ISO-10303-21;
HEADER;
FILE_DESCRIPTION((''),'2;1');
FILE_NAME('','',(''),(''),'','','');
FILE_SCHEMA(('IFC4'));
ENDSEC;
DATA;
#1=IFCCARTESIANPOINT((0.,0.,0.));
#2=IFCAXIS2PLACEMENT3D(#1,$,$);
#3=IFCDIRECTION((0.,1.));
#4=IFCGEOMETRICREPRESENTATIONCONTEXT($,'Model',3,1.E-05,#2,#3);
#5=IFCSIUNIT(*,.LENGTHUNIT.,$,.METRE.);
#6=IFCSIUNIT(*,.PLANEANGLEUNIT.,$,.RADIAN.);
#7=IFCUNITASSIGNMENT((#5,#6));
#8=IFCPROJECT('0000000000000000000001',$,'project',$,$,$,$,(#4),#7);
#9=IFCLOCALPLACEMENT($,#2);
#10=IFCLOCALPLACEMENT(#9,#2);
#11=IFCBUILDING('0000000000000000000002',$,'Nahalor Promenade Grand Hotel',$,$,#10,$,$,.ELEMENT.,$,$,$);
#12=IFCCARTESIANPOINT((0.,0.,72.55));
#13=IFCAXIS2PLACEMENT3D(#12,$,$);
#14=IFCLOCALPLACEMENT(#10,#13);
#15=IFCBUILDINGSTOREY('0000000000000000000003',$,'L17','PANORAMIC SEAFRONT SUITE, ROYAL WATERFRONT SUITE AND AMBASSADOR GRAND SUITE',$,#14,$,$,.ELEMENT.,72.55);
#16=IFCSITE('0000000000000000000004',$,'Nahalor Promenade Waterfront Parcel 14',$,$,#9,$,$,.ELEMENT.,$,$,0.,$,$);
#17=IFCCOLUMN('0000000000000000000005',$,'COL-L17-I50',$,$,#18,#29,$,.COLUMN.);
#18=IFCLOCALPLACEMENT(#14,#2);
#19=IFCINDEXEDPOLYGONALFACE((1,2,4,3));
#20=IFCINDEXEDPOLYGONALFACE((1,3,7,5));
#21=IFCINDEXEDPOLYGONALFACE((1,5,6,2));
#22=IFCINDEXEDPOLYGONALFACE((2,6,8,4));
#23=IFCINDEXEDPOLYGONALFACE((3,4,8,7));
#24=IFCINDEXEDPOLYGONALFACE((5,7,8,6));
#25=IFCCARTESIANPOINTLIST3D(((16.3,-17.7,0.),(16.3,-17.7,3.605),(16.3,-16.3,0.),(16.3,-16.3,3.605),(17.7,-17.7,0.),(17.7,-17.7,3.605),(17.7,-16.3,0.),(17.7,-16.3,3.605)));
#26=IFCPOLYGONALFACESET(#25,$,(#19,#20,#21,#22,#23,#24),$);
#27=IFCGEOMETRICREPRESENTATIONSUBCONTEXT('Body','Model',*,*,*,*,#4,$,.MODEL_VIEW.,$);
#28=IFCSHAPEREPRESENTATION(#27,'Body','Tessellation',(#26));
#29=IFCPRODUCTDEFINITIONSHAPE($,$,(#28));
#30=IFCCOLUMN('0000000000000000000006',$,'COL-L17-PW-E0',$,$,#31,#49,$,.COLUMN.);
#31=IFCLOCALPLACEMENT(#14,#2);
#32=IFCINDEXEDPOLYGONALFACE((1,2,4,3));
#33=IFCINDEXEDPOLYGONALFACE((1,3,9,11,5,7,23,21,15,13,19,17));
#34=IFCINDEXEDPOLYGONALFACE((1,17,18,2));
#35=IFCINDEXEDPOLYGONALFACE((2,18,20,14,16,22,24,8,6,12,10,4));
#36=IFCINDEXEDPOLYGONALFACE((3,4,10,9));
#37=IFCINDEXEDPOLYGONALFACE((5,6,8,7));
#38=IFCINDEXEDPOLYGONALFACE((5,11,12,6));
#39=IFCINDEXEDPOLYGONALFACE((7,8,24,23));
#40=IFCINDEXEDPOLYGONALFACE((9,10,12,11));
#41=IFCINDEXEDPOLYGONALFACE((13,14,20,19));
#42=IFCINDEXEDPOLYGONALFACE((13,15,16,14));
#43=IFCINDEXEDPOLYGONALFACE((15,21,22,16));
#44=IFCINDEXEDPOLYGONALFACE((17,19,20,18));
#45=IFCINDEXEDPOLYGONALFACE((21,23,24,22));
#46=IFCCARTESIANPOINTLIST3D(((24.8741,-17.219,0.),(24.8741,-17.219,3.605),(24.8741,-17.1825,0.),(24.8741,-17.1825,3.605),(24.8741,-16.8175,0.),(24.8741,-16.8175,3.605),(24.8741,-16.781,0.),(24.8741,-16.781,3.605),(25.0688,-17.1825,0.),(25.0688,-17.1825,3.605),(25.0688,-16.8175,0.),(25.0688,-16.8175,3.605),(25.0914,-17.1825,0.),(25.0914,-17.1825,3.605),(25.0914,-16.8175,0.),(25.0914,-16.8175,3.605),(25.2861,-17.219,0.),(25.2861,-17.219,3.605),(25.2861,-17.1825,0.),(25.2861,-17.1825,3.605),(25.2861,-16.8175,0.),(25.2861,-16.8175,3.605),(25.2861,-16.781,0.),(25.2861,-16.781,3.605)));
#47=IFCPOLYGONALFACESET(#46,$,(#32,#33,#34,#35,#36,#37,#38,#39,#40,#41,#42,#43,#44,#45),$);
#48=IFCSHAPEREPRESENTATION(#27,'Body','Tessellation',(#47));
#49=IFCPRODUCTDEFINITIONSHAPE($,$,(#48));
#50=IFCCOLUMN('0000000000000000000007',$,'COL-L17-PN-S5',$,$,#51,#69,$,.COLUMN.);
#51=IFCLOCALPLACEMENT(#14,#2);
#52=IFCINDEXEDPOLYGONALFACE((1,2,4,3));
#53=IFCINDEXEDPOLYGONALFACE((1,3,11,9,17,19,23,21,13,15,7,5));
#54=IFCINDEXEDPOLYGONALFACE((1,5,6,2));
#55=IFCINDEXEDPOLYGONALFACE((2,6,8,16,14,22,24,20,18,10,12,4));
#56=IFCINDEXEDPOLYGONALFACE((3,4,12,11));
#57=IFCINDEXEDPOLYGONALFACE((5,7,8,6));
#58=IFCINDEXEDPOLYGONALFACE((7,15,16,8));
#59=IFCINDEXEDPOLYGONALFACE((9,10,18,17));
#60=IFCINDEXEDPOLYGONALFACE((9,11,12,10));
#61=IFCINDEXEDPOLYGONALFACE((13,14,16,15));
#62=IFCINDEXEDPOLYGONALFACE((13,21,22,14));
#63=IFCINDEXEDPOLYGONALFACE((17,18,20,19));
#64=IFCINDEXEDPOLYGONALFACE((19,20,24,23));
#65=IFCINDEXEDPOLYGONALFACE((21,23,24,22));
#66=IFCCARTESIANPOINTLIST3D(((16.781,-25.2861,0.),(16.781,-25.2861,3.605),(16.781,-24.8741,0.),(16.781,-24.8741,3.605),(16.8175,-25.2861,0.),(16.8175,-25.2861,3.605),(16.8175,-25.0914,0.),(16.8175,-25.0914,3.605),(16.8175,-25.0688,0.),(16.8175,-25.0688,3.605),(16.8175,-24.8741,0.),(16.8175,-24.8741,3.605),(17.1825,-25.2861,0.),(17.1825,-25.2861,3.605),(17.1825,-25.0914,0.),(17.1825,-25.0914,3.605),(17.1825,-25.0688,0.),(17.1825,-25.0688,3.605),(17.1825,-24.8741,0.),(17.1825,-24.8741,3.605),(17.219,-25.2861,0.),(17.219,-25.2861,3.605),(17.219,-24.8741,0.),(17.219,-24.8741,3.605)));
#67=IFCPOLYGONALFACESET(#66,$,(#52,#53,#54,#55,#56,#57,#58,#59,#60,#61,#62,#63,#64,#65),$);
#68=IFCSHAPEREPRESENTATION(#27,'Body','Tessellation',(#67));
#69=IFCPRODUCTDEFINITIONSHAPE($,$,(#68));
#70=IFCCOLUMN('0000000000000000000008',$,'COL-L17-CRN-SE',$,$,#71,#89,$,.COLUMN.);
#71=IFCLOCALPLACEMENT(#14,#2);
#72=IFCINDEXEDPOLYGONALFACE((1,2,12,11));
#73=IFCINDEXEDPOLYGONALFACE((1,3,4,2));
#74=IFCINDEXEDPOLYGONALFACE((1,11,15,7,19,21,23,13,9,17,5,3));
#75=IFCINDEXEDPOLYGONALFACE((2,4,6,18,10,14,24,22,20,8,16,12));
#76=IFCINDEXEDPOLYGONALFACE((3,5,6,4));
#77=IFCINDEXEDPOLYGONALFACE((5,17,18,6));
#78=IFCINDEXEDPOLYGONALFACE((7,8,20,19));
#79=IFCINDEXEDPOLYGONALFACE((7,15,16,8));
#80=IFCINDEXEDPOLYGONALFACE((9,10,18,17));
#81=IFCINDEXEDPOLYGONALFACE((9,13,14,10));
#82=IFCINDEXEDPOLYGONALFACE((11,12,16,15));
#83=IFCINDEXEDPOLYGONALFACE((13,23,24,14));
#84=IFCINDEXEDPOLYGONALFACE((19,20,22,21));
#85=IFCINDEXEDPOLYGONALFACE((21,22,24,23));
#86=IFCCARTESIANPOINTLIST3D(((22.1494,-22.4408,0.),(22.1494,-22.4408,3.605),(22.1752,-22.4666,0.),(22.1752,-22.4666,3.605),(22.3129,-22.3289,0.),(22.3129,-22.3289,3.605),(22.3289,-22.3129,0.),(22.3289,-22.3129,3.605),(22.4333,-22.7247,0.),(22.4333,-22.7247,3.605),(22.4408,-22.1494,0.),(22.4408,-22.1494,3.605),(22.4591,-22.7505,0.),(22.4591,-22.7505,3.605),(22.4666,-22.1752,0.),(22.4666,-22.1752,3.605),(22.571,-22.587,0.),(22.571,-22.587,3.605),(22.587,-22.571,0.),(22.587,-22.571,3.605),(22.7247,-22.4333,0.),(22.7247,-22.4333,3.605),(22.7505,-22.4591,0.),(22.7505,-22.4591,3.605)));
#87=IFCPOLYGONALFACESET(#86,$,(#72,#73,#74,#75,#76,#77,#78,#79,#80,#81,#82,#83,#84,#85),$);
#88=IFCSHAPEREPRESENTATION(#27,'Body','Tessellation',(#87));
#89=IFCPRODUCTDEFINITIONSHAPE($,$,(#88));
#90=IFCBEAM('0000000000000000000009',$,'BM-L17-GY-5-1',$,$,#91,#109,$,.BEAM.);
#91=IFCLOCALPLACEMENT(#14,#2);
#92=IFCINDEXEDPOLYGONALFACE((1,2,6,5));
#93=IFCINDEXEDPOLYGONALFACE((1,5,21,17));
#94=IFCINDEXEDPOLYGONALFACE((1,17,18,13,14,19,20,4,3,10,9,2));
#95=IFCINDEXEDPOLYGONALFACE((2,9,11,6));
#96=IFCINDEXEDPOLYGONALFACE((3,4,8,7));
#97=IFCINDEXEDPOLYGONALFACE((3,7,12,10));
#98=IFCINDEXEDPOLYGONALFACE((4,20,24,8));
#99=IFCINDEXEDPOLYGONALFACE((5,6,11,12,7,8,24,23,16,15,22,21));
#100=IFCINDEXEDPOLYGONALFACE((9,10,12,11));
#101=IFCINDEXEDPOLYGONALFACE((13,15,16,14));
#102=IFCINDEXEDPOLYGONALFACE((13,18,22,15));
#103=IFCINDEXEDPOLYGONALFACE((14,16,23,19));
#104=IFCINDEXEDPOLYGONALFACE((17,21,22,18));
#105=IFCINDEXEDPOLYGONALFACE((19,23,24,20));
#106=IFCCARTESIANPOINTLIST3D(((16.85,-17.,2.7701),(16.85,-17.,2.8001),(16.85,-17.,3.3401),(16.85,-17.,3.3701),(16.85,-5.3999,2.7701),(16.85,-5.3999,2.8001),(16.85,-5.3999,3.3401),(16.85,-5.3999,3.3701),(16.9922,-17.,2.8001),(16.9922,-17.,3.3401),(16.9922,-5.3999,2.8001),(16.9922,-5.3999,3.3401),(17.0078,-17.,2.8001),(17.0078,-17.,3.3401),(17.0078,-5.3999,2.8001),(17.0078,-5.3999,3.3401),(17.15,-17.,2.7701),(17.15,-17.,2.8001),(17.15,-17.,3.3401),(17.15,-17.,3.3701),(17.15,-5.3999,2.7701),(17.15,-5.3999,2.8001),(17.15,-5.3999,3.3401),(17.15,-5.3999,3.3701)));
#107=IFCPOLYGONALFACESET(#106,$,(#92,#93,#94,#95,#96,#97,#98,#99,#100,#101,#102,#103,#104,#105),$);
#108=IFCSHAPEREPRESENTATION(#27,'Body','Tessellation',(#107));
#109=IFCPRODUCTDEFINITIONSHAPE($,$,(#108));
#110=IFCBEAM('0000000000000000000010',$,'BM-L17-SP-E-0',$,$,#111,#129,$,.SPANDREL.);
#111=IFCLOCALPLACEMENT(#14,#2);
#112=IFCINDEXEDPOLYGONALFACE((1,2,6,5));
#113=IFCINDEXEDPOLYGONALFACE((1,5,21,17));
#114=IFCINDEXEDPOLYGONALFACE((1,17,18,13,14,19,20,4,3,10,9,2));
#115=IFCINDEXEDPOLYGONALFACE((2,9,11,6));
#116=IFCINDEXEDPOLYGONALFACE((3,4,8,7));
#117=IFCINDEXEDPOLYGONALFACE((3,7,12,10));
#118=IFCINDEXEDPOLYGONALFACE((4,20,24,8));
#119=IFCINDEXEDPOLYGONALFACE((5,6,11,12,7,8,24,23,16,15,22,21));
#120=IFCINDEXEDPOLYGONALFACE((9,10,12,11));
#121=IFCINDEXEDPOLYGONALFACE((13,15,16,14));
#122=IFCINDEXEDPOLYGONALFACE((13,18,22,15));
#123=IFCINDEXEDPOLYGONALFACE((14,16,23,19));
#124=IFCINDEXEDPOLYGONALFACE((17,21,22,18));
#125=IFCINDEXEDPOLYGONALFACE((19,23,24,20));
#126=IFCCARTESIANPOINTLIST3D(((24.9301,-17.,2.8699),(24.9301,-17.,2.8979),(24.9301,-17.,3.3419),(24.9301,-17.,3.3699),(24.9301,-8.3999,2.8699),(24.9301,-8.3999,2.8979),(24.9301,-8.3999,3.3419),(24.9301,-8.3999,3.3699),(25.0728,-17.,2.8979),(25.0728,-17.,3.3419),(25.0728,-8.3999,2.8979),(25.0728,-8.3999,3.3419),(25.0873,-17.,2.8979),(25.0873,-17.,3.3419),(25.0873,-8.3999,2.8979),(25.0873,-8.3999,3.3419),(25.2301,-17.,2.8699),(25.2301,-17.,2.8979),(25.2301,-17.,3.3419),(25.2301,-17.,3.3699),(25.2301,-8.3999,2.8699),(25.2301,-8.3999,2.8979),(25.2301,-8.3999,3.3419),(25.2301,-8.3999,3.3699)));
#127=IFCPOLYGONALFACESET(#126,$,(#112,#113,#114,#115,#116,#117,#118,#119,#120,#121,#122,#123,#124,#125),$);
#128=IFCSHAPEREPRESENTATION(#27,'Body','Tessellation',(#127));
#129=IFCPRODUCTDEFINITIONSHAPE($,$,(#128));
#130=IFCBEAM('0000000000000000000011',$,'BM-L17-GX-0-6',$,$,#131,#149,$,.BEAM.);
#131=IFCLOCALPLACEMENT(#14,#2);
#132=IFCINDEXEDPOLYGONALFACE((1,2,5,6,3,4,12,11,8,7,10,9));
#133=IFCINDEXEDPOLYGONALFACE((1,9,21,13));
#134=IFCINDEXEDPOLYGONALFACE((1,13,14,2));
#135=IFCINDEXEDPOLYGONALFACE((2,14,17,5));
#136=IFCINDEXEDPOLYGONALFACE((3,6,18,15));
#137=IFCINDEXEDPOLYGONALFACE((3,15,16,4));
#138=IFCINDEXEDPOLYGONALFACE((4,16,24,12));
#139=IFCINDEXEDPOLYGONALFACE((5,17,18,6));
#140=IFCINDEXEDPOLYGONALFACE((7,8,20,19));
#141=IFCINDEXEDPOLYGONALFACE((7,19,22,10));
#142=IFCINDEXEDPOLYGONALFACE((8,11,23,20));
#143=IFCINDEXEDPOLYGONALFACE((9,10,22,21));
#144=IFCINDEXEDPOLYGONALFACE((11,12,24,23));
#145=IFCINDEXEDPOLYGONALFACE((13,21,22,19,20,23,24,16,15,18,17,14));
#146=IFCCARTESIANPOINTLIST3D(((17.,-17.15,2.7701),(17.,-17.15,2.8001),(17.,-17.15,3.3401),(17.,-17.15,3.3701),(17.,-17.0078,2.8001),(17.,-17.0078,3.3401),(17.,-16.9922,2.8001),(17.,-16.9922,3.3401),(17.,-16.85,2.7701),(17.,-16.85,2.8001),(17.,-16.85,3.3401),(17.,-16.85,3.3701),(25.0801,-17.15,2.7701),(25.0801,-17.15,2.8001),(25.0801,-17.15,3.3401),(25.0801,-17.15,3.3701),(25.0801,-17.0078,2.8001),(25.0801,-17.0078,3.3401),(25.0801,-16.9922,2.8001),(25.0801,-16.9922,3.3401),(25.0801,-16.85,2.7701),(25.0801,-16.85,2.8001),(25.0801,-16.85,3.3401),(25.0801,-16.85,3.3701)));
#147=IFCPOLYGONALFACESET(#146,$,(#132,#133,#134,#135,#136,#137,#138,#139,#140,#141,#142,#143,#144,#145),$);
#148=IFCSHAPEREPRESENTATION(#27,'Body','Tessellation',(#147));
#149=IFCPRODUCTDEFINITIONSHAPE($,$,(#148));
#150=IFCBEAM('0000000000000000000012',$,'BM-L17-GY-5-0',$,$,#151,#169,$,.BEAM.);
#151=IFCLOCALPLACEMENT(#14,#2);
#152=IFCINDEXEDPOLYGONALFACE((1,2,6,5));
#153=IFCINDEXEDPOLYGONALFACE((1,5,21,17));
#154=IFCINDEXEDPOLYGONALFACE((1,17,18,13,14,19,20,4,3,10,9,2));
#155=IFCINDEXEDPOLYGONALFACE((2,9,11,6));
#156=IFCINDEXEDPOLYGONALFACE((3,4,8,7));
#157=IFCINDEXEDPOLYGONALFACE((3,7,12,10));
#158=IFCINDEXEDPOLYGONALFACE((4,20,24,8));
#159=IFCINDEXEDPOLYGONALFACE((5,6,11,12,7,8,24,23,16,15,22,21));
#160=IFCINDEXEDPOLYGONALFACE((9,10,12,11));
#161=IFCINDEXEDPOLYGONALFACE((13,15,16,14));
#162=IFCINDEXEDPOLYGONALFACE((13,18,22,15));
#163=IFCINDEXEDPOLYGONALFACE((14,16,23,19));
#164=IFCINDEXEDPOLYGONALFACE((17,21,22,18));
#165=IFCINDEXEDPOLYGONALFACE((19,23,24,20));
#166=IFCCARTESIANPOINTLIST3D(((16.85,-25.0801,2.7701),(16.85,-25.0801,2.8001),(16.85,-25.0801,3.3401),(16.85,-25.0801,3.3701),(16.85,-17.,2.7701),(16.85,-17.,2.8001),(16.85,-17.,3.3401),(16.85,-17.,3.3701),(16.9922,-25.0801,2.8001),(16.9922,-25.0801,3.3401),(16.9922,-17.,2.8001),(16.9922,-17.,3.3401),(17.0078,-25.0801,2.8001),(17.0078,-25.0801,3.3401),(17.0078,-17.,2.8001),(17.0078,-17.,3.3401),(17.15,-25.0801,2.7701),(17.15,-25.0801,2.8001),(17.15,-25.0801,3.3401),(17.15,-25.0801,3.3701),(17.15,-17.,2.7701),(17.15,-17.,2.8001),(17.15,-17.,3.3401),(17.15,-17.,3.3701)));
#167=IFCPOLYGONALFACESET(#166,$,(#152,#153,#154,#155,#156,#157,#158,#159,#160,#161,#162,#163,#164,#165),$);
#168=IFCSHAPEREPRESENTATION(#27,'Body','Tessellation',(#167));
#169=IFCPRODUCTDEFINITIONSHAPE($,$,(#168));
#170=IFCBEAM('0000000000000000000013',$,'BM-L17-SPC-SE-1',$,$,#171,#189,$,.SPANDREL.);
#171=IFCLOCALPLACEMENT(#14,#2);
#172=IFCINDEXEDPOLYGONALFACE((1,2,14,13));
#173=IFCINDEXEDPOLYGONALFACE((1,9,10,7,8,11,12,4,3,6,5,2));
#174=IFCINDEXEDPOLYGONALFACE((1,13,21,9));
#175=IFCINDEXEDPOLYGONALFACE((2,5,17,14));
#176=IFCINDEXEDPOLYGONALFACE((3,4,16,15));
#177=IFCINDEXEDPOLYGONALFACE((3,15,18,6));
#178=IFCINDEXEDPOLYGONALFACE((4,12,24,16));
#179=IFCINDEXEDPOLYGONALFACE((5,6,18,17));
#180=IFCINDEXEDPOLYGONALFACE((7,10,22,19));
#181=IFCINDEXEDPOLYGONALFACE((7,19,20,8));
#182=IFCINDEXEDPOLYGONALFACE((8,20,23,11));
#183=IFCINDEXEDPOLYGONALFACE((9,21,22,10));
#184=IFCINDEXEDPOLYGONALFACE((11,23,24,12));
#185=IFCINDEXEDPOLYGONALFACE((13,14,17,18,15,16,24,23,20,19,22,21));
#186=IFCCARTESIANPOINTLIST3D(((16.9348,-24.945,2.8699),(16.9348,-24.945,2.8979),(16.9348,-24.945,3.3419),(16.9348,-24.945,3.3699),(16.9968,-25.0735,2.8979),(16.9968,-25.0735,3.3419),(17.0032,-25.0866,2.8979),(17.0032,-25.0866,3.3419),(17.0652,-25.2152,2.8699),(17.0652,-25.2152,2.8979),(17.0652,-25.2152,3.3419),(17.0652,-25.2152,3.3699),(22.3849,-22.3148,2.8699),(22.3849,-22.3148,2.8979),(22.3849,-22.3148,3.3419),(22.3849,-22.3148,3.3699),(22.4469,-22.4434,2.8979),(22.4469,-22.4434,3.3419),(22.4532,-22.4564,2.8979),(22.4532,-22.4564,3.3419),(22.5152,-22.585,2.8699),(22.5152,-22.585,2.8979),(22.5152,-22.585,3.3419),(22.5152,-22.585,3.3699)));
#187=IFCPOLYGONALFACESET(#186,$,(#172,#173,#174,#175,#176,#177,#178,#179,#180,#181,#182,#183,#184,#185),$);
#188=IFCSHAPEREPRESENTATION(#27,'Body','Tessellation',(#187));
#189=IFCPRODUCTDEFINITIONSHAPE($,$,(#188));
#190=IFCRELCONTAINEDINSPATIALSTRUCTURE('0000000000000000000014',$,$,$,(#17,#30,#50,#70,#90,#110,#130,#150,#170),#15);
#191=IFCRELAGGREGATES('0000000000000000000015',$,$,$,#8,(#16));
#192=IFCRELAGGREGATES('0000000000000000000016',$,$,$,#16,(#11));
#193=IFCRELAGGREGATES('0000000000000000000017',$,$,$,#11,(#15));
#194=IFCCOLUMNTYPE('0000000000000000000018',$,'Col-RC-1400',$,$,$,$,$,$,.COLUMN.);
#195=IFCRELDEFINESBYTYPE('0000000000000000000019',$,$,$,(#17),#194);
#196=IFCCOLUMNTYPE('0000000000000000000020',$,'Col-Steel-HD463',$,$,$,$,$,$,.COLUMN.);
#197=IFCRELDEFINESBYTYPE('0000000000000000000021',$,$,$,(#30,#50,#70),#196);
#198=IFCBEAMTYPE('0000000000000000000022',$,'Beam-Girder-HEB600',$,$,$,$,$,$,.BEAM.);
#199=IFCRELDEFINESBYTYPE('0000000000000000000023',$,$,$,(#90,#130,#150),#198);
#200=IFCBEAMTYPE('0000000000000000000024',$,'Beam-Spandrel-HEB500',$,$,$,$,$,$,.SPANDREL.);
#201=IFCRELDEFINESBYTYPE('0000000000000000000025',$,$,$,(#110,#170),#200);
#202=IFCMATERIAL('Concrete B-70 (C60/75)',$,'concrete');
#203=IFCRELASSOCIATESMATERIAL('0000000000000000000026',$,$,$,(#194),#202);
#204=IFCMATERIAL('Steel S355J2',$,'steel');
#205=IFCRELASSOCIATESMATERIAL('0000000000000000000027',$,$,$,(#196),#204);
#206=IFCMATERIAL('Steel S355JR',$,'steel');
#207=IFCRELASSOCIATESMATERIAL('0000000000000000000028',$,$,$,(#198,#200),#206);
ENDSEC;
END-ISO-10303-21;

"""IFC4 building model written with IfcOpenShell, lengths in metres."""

from ifc_helpers import new_model, si_unit, direction, frame, origin, origin_2d, place, context, subcontext, project, spatial, rectangle, i_section, extrude, source, transform, mapped, material, material_profile, profile_set, type_object, element, save


model = new_model("IFC4")

# Units and contexts
model_context = context("Model", 3, precision=1e-05, world=origin(), true_north=direction((0.0, 1.0)))
body_context = subcontext(model_context, "Body", "Model", "MODEL_VIEW")
ifc_project = project(units=[si_unit("LENGTHUNIT", "METRE"), si_unit("PLANEANGLEUNIT", "RADIAN")], contexts=[model_context])

# Site, building, storey
site_placement = place(None, origin())
site = spatial("IfcSite", under=ifc_project, at=site_placement, Name="Nahalor Promenade Waterfront Parcel 14", CompositionType="ELEMENT", RefElevation=0.0)
building_placement = place(site_placement, origin())
building = spatial("IfcBuilding", under=site, at=building_placement, Name="Nahalor Promenade Grand Hotel", CompositionType="ELEMENT")
storey_placement = place(building_placement, frame((0.0, 0.0, 72.55)))
storey = spatial("IfcBuildingStorey", under=building, at=storey_placement, Name="L17", Description="PANORAMIC SEAFRONT SUITE, ROYAL WATERFRONT SUITE AND AMBASSADOR GRAND SUITE", CompositionType="ELEMENT", Elevation=72.55)

# Columns
ifc_material_1 = material(Name="Concrete B-70 (C60/75)", Category="concrete")
ifc_material_profile_1 = material_profile(ifc_material_1, rectangle(XDim=1.4, YDim=1.4, at=origin_2d()), Name="RC 1400x1400")
ifc_profile_set_1 = profile_set([ifc_material_profile_1], Name="Concrete B-70 (C60/75)")
column_type_1 = type_object("IfcColumnType", Name="Col-RC-1400", PredefinedType="COLUMN", material=ifc_profile_set_1)
shared_shape_1 = source(origin(), body_context, "Body", "SweptSolid", [
    extrude(rectangle(XDim=1.4, YDim=1.4, at=origin_2d()), origin(), (0.0, 0.0, 1.0), 3.605),
])
column_placement = place(storey_placement, frame((17.0, -17.0, 0.0), z_axis=(0.0, 0.0, 1.0), x_axis=(1.0, 0.0, 0.0)))
element("IfcColumn", 1, at=column_placement, inside=storey, type_object=column_type_1, Name="COL-L17-I50", PredefinedType="COLUMN", context=body_context, shape_type="MappedRepresentation", body=[
    mapped(shared_shape_1, transform((0.0, 0.0, 0.0), scale=1.0)),
])
ifc_material_2 = material(Name="Steel S355J2", Category="steel")
ifc_material_profile_2 = material_profile(ifc_material_2, i_section(OverallWidth=0.412, OverallDepth=0.438, WebThickness=0.0226, FlangeThickness=0.0365, at=origin_2d()), Name="HD 400x463")
ifc_profile_set_2 = profile_set([ifc_material_profile_2], Name="Steel S355J2")
column_type_2 = type_object("IfcColumnType", Name="Col-Steel-HD463", PredefinedType="COLUMN", material=ifc_profile_set_2)
shared_shape_2 = source(origin(), body_context, "Body", "SweptSolid", [
    extrude(i_section(OverallWidth=0.412, OverallDepth=0.438, WebThickness=0.0226, FlangeThickness=0.0365, at=origin_2d()), origin(), (0.0, 0.0, 1.0), 3.605),
])
for number, where, z_axis, x_axis, name in (
    (2, (25.0801, -17.0, 0.0), (0.0, 0.0, 1.0), (1.0, 0.0, 0.0), "COL-L17-PW-E0"),
    (3, (17.0, -25.0801, 0.0), (0.0, 0.0, 1.0), (0.0, 1.0, 0.0), "COL-L17-PN-S5"),
    (4, (22.45, -22.45, 0.0), (0.0, 0.0, 1.0), (0.707107, 0.707107, 0.0), "COL-L17-CRN-SE"),
):
    element("IfcColumn", number, at=place(storey_placement, frame(where, z_axis=z_axis, x_axis=x_axis)), inside=storey, type_object=column_type_2, Name=name, PredefinedType="COLUMN", context=body_context, shape_type="MappedRepresentation", body=[
        mapped(shared_shape_2, transform((0.0, 0.0, 0.0), scale=1.0)),
    ])

# Beams
ifc_material_3 = material(Name="Steel S355JR", Category="steel")
ifc_material_profile_3 = material_profile(ifc_material_3, i_section(OverallWidth=0.3, OverallDepth=0.6, WebThickness=0.0155, FlangeThickness=0.03, at=origin_2d()), Name="HEB 600")
ifc_profile_set_3 = profile_set([ifc_material_profile_3], Name="Steel S355JR")
beam_type_1 = type_object("IfcBeamType", Name="Beam-Girder-HEB600", PredefinedType="BEAM", material=ifc_profile_set_3)
shared_shape_3 = source(origin(), body_context, "Body", "SweptSolid", [
    extrude(i_section(OverallWidth=0.3, OverallDepth=0.6, WebThickness=0.0155, FlangeThickness=0.03, at=origin_2d()), origin(), (0.0, 0.0, 1.0), 11.6001),
])
beam_1_placement = place(storey_placement, frame((17.0, -17.0, 3.0701), z_axis=(0.0, 1.0, 0.0), x_axis=(-1.0, 0.0, 0.0)))
element("IfcBeam", 5, at=beam_1_placement, inside=storey, type_object=beam_type_1, Name="BM-L17-GY-5-1", PredefinedType="BEAM", context=body_context, shape_type="MappedRepresentation", body=[
    mapped(shared_shape_3, transform((0.0, 0.0, 0.0), scale=1.0)),
])
ifc_material_profile_4 = material_profile(ifc_material_3, i_section(OverallWidth=0.3, OverallDepth=0.5, WebThickness=0.0145, FlangeThickness=0.028, at=origin_2d()), Name="HEB 500")
ifc_profile_set_4 = profile_set([ifc_material_profile_4], Name="Steel S355JR")
beam_type_2 = type_object("IfcBeamType", Name="Beam-Spandrel-HEB500", PredefinedType="SPANDREL", material=ifc_profile_set_4)
shared_shape_4 = source(origin(), body_context, "Body", "SweptSolid", [
    extrude(i_section(OverallWidth=0.3, OverallDepth=0.5, WebThickness=0.0145, FlangeThickness=0.028, at=origin_2d()), origin(), (0.0, 0.0, 1.0), 8.6001),
])
beam_2_placement = place(storey_placement, frame((25.0801, -17.0, 3.1199), z_axis=(0.0, 1.0, 0.0), x_axis=(-1.0, 0.0, 0.0)))
element("IfcBeam", 6, at=beam_2_placement, inside=storey, type_object=beam_type_2, Name="BM-L17-SP-E-0", PredefinedType="SPANDREL", context=body_context, shape_type="MappedRepresentation", body=[
    mapped(shared_shape_4, transform((0.0, 0.0, 0.0), scale=1.0)),
])
shared_shape_5 = source(origin(), body_context, "Body", "SweptSolid", [
    extrude(i_section(OverallWidth=0.3, OverallDepth=0.6, WebThickness=0.0155, FlangeThickness=0.03, at=origin_2d()), origin(), (0.0, 0.0, 1.0), 8.0801),
])
for number, where, z_axis, x_axis, name in (
    (7, (17.0, -17.0, 3.0701), (1.0, 0.0, 0.0), (0.0, 1.0, 0.0), "BM-L17-GX-0-6"),
    (8, (17.0, -25.0801, 3.0701), (0.0, 1.0, 0.0), (-1.0, 0.0, 0.0), "BM-L17-GY-5-0"),
):
    element("IfcBeam", number, at=place(storey_placement, frame(where, z_axis=z_axis, x_axis=x_axis)), inside=storey, type_object=beam_type_1, Name=name, PredefinedType="BEAM", context=body_context, shape_type="MappedRepresentation", body=[
        mapped(shared_shape_5, transform((0.0, 0.0, 0.0), scale=1.0)),
    ])
shared_shape_6 = source(origin(), body_context, "Body", "SweptSolid", [
    extrude(i_section(OverallWidth=0.3, OverallDepth=0.5, WebThickness=0.0145, FlangeThickness=0.028, at=origin_2d()), origin(), (0.0, 0.0, 1.0), 6.0515),
])
for number, where, z_axis, x_axis, name in (
    (9, (17.0, -25.0801, 3.1199), (0.900609, 0.434631, 0.0), (-0.434631, 0.900609, 0.0), "BM-L17-SPC-SE-1"),
):
    element("IfcBeam", number, at=place(storey_placement, frame(where, z_axis=z_axis, x_axis=x_axis)), inside=storey, type_object=beam_type_2, Name=name, PredefinedType="SPANDREL", context=body_context, shape_type="MappedRepresentation", body=[
        mapped(shared_shape_6, transform((0.0, 0.0, 0.0), scale=1.0)),
    ])

save(model, "model.ifc")
